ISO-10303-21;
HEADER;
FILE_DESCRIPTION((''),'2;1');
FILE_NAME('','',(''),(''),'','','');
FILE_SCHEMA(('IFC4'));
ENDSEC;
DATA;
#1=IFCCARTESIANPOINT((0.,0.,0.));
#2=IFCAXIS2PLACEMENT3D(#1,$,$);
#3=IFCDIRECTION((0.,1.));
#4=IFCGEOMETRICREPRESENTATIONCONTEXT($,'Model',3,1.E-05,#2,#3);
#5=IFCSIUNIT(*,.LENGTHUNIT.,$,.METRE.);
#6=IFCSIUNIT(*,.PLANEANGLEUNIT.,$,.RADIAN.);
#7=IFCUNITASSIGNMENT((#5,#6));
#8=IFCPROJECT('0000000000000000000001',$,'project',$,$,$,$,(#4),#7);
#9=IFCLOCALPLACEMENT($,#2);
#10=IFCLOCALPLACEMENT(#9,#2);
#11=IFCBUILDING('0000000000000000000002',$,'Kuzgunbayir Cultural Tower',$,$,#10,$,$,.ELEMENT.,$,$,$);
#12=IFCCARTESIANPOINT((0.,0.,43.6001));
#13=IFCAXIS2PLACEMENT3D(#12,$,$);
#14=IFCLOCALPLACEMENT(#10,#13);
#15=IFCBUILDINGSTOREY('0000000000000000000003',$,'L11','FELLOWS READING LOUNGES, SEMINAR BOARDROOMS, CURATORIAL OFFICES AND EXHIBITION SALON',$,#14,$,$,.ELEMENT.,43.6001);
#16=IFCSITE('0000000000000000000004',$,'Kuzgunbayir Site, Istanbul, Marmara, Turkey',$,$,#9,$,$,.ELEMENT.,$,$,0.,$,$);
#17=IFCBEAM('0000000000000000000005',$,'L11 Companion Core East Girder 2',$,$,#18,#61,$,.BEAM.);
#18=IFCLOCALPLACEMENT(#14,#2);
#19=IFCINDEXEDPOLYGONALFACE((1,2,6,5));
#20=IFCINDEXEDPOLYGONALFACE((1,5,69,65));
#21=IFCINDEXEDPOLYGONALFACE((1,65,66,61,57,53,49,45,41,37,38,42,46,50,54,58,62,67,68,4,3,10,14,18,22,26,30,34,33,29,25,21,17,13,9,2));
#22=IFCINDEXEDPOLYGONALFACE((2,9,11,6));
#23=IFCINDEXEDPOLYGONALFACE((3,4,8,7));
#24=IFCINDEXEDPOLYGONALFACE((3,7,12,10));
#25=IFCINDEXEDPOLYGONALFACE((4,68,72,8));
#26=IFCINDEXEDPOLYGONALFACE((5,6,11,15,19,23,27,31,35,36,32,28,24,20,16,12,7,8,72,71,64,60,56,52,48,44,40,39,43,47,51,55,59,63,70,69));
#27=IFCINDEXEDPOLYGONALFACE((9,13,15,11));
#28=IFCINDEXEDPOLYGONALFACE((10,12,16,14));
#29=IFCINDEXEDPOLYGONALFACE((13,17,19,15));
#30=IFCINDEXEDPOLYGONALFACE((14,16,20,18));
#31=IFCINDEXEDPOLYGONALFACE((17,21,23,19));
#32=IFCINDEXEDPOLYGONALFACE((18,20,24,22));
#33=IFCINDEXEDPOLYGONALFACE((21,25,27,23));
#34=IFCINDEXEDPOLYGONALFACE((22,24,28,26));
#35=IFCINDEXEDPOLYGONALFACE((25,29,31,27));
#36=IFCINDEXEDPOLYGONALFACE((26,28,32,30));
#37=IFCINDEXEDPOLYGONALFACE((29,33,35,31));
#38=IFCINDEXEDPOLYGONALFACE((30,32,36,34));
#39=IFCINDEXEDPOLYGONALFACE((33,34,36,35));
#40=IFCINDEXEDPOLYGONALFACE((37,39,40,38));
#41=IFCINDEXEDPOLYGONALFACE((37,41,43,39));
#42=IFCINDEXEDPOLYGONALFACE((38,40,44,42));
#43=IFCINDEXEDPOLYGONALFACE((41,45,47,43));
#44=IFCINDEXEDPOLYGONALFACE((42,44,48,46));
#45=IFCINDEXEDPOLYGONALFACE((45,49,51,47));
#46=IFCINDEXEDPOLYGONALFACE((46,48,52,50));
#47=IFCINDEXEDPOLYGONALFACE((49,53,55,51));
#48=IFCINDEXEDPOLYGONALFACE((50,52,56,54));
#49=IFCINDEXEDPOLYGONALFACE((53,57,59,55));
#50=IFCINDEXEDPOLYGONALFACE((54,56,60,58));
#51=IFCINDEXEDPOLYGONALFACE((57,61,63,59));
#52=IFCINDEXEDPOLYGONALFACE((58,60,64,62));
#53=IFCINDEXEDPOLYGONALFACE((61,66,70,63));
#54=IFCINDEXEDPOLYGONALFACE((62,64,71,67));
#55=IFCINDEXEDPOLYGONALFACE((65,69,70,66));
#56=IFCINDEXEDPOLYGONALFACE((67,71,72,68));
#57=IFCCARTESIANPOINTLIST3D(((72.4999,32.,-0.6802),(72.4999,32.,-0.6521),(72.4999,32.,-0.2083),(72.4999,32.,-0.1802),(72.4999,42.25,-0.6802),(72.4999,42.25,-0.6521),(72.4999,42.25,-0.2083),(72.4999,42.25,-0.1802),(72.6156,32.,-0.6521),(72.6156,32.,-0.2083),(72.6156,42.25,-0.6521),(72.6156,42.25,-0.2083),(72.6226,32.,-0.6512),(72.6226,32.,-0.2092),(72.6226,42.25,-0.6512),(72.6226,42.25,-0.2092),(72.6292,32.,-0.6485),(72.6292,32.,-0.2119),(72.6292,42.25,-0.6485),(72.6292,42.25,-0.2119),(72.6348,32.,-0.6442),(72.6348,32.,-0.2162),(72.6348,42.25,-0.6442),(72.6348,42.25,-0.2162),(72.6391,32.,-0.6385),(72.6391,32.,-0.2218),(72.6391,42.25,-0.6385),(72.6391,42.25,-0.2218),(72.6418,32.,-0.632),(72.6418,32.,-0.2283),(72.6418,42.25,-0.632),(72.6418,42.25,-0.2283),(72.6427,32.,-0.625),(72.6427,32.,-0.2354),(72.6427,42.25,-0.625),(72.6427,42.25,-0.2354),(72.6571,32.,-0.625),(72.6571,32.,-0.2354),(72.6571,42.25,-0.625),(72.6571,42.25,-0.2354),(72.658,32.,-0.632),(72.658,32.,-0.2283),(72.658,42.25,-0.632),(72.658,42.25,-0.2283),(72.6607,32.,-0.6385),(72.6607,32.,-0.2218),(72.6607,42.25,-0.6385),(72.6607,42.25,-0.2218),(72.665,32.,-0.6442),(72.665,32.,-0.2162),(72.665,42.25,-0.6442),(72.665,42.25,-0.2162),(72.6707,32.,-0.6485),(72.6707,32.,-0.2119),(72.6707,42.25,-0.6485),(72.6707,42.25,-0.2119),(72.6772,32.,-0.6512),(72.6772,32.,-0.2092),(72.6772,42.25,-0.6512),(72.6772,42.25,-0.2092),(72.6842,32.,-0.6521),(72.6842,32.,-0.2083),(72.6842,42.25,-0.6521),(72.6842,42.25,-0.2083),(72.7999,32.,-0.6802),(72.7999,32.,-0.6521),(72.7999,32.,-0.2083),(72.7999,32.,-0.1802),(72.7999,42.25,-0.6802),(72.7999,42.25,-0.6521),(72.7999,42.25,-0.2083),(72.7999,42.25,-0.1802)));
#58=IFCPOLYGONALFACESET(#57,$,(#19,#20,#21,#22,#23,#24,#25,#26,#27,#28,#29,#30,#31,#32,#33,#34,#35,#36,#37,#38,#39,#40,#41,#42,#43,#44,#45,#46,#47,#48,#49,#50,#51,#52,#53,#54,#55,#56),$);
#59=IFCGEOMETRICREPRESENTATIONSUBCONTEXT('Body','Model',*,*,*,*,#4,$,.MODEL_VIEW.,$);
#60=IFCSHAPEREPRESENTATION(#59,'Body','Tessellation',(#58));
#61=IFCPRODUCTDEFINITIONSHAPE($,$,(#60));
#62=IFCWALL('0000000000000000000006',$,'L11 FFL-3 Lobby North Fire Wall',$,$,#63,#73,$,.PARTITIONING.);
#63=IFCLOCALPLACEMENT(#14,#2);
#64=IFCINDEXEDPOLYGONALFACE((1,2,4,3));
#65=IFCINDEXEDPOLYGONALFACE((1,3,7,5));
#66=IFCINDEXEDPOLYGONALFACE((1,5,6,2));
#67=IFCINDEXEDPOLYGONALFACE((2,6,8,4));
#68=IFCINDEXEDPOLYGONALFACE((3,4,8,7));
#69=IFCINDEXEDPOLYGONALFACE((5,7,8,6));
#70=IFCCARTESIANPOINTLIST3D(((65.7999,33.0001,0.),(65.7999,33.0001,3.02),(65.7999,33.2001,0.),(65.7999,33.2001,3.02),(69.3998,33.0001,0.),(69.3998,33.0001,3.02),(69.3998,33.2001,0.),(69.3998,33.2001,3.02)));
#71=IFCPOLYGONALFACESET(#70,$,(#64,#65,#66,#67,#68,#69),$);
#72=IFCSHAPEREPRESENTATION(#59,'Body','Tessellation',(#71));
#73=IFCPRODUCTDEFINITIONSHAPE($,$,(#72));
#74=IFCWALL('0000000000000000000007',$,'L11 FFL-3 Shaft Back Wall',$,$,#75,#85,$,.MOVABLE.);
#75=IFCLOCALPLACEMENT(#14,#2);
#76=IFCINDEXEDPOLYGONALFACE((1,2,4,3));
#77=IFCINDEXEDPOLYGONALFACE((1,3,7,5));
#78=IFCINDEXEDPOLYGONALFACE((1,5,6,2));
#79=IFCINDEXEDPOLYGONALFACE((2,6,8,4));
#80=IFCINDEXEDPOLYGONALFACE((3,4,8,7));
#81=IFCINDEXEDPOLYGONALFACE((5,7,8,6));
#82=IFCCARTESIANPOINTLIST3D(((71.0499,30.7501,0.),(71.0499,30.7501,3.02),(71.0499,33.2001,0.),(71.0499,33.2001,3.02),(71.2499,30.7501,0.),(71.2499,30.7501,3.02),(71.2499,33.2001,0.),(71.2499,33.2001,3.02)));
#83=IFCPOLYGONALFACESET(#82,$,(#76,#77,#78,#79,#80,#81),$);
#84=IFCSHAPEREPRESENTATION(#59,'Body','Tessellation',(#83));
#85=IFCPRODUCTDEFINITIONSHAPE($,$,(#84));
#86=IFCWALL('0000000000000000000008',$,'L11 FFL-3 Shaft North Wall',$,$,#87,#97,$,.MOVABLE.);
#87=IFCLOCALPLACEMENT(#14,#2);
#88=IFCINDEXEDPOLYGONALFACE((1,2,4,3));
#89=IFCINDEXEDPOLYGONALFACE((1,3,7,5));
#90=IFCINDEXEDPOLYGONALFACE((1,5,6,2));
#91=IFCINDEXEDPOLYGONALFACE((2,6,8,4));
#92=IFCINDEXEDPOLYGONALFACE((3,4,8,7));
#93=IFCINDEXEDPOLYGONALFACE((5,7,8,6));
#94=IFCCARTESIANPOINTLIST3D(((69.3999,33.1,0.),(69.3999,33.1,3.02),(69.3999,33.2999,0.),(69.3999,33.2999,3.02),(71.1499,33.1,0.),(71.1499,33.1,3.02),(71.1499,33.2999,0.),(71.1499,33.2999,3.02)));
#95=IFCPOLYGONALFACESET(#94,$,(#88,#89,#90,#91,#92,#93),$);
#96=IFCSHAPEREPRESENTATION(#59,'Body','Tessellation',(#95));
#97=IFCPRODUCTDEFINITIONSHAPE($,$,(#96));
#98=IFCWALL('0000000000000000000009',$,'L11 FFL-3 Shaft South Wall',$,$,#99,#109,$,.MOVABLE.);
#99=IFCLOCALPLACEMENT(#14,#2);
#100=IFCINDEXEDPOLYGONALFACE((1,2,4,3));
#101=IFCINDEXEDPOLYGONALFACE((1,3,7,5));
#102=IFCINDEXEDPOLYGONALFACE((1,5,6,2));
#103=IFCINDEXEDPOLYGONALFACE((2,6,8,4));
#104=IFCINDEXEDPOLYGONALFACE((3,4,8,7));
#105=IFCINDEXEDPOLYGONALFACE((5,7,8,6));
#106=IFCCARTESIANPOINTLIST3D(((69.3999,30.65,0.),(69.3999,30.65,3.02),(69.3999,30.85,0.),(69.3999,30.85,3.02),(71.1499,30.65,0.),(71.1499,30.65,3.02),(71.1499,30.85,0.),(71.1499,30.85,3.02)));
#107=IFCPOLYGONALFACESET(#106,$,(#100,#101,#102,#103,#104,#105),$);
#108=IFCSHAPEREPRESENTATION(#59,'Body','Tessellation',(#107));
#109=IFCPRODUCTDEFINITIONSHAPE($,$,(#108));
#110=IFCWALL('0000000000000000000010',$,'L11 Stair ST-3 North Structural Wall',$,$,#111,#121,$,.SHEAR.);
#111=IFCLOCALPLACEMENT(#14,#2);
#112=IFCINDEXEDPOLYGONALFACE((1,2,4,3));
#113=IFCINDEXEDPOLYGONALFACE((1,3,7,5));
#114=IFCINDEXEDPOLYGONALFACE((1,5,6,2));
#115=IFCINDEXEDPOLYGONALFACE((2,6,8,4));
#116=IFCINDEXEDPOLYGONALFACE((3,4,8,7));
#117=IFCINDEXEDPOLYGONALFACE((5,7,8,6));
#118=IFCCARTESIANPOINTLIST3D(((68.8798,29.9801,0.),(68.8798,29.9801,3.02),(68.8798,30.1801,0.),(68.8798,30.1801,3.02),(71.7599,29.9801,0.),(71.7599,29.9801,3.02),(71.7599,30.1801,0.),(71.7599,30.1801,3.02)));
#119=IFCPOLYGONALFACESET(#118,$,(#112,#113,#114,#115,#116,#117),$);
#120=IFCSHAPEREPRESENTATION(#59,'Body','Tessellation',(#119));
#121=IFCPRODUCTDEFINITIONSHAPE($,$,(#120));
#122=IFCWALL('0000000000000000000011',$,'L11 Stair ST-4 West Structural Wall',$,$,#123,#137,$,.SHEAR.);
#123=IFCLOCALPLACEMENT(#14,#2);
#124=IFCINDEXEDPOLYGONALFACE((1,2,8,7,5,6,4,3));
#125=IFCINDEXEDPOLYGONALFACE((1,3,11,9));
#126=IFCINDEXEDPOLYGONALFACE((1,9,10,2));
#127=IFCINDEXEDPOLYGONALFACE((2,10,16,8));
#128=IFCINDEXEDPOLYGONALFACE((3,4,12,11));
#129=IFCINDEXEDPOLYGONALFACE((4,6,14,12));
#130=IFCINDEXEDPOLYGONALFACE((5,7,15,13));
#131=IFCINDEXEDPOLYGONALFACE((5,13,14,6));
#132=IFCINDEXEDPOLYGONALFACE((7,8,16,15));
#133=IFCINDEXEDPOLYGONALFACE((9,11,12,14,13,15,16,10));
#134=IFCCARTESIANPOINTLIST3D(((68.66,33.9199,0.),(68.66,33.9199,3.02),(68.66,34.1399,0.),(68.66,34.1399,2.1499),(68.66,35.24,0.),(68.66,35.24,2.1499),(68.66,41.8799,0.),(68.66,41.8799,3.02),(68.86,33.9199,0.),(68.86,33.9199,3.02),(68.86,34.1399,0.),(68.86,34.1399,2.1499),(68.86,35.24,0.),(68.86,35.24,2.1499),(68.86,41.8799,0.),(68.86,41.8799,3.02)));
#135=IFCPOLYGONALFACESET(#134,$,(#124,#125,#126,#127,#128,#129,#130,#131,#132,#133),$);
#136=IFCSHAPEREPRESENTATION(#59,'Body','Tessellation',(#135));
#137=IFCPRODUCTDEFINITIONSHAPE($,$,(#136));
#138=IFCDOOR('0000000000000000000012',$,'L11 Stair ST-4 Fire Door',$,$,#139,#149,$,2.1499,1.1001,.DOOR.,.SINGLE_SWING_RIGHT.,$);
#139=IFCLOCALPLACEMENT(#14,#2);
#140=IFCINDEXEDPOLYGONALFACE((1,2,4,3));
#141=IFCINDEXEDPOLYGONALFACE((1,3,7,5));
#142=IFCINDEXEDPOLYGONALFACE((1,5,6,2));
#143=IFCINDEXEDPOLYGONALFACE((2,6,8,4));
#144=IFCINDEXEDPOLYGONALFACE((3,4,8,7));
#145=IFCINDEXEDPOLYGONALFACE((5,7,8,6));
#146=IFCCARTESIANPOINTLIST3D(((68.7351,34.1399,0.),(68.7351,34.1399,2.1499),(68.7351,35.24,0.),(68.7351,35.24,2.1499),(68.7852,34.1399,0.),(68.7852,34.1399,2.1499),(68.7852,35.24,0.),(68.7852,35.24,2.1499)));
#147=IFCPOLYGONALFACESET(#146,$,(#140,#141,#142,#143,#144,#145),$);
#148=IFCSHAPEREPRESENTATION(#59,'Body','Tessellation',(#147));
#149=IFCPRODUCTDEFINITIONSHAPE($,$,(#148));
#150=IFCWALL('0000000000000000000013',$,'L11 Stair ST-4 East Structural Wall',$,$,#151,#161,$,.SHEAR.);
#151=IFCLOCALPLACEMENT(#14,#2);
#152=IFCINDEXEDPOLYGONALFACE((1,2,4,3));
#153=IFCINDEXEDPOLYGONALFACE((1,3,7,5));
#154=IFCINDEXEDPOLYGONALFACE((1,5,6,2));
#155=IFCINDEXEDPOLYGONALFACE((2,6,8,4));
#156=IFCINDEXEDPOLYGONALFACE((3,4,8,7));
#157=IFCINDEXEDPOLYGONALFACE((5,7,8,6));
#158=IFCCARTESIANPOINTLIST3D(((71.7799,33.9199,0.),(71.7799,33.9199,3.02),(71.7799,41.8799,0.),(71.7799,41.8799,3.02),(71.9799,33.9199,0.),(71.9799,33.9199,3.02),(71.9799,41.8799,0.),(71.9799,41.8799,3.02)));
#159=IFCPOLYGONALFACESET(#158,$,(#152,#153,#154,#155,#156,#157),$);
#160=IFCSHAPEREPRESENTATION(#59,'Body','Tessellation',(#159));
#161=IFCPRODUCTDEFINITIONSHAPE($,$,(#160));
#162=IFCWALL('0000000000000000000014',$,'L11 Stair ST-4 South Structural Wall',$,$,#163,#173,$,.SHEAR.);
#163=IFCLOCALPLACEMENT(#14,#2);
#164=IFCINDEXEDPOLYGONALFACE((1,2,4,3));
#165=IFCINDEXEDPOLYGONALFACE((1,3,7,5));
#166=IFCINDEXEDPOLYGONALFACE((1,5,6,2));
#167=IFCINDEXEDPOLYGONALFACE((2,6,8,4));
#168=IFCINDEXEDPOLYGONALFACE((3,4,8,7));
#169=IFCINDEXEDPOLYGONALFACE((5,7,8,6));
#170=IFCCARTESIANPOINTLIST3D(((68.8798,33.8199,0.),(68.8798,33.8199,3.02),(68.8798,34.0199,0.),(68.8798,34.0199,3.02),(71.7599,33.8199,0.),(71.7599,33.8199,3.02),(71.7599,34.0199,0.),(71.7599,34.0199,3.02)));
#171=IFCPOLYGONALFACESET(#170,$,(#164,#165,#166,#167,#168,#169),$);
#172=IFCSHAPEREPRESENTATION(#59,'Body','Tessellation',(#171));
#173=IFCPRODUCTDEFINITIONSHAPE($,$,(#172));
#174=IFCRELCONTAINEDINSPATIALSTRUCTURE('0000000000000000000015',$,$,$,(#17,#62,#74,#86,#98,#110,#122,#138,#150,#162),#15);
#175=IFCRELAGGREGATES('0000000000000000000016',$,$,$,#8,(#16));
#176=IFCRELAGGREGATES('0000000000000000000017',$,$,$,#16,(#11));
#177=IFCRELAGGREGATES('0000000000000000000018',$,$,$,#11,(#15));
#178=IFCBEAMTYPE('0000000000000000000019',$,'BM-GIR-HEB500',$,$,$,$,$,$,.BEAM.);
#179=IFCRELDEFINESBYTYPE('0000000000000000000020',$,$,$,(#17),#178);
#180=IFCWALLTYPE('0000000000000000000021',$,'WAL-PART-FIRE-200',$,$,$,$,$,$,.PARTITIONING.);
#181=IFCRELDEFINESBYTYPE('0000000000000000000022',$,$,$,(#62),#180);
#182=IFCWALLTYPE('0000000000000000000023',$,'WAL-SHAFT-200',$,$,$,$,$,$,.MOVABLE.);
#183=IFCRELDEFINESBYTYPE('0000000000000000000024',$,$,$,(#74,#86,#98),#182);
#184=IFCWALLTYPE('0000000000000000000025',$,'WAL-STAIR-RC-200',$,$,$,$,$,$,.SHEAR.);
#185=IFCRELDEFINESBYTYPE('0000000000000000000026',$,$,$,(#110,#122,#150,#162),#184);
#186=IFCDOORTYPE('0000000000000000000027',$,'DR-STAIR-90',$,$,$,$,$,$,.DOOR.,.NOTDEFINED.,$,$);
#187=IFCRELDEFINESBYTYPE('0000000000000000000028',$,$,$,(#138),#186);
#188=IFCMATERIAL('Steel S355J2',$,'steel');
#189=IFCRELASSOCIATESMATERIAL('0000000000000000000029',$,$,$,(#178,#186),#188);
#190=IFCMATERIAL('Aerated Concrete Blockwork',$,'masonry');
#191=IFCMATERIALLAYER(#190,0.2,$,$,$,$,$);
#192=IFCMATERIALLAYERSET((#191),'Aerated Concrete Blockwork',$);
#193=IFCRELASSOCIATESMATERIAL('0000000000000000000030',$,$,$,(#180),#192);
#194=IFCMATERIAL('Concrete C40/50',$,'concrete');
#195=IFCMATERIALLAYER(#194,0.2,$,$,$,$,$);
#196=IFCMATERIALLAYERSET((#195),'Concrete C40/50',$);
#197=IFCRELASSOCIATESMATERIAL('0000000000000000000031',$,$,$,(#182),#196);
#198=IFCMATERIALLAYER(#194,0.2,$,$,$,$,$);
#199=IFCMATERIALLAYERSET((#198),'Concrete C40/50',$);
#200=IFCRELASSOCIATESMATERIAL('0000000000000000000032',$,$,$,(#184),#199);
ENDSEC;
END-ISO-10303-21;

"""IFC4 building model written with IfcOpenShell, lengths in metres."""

from ifc_helpers import new_model, si_unit, direction, frame, frame_2d, origin, origin_2d, place, context, subcontext, project, spatial, rectangle, i_section, extrude, material, layer, layer_set, material_profile, profile_set, type_object, element, fill, save


model = new_model("IFC4")

# Units and contexts
model_context = context("Model", 3, precision=1e-05, world=origin(), true_north=direction((0.0, 1.0)))
body_context = subcontext(model_context, "Body", "Model", "MODEL_VIEW")
ifc_project = project(units=[si_unit("LENGTHUNIT", "METRE"), si_unit("PLANEANGLEUNIT", "RADIAN")], contexts=[model_context])

# Site, building, storey
site_placement = place(None, origin())
site = spatial("IfcSite", under=ifc_project, at=site_placement, Name="Kuzgunbayir Site, Istanbul, Marmara, Turkey", CompositionType="ELEMENT", RefElevation=0.0)
building_placement = place(site_placement, origin())
building = spatial("IfcBuilding", under=site, at=building_placement, Name="Kuzgunbayir Cultural Tower", CompositionType="ELEMENT")
storey_placement = place(building_placement, frame((0.0, 0.0, 43.6001)))
storey = spatial("IfcBuildingStorey", under=building, at=storey_placement, Name="L11", Description="FELLOWS READING LOUNGES, SEMINAR BOARDROOMS, CURATORIAL OFFICES AND EXHIBITION SALON", CompositionType="ELEMENT", Elevation=43.6001)

# Beam
ifc_material_1 = material(Name="Steel S355J2", Category="steel")
ifc_material_profile_1 = material_profile(ifc_material_1, i_section(OverallWidth=0.3, OverallDepth=0.5, WebThickness=0.0144, FlangeThickness=0.0281, FilletRadius=0.0271, at=origin_2d()), Name="HEB 500")
ifc_profile_set_1 = profile_set([ifc_material_profile_1], Name="Steel S355J2")
beam_type_1 = type_object("IfcBeamType", Name="BM-GIR-HEB500", PredefinedType="BEAM", material=ifc_profile_set_1)
for number, where, z_axis, x_axis, name in (
    (1, (72.6499, 32.0, -0.4302), (0.0, 1.0, 0.0), (-1.0, 0.0, 0.0), "L11 Companion Core East Girder 2"),
):
    element("IfcBeam", number, at=place(storey_placement, frame(where, z_axis=z_axis, x_axis=x_axis)), inside=storey, type_object=beam_type_1, Name=name, PredefinedType="BEAM", context=body_context, shape_type="SweptSolid", body=[
        extrude(i_section(OverallWidth=0.3, OverallDepth=0.5, WebThickness=0.0144, FlangeThickness=0.0281, FilletRadius=0.0271, at=origin_2d()), origin(), (0.0, 0.0, 1.0), 10.25),
    ])

# Wall
ifc_material_2 = material(Name="Aerated Concrete Blockwork", Category="masonry")
ifc_layer_1 = layer(ifc_material_2, 0.2)
ifc_layer_set_1 = layer_set([ifc_layer_1], Name="Aerated Concrete Blockwork")
wall_type_1 = type_object("IfcWallType", Name="WAL-PART-FIRE-200", PredefinedType="PARTITIONING", material=ifc_layer_set_1)
wall_1_placement = place(storey_placement, frame((65.8, 33.1001, 0.0), z_axis=(0.0, 0.0, 1.0), x_axis=(1.0, 0.0, 0.0)))
element("IfcWall", 2, at=wall_1_placement, inside=storey, type_object=wall_type_1, Name="L11 FFL-3 Lobby North Fire Wall", PredefinedType="PARTITIONING", context=body_context, shape_type="SweptSolid", body=[
    extrude(rectangle(XDim=3.5999, YDim=0.2, at=frame_2d((1.7998, 0.0))), origin(), (0.0, 0.0, 1.0), 3.02),
])

# Shared definitions
ifc_material_3 = material(Name="Concrete C40/50", Category="concrete")
ifc_layer_2 = layer(ifc_material_3, 0.2)
ifc_layer_set_2 = layer_set([ifc_layer_2], Name="Concrete C40/50")
wall_type_2 = type_object("IfcWallType", Name="WAL-SHAFT-200", PredefinedType="MOVABLE", material=ifc_layer_set_2)

# Walls
wall_2_placement = place(storey_placement, frame((71.1499, 30.75, 0.0), z_axis=(0.0, 0.0, 1.0), x_axis=(0.0, 1.0, 0.0)))
element("IfcWall", 3, at=wall_2_placement, inside=storey, type_object=wall_type_2, Name="L11 FFL-3 Shaft Back Wall", PredefinedType="MOVABLE", context=body_context, shape_type="SweptSolid", body=[
    extrude(rectangle(XDim=2.45, YDim=0.2, at=frame_2d((1.2251, 0.0))), origin(), (0.0, 0.0, 1.0), 3.02),
])
for number, where, z_axis, x_axis, name in (
    (4, (69.3999, 33.2, 0.0), (0.0, 0.0, 1.0), (1.0, 0.0, 0.0), "L11 FFL-3 Shaft North Wall"),
    (5, (69.3999, 30.75, 0.0), (0.0, 0.0, 1.0), (1.0, 0.0, 0.0), "L11 FFL-3 Shaft South Wall"),
):
    element("IfcWall", number, at=place(storey_placement, frame(where, z_axis=z_axis, x_axis=x_axis)), inside=storey, type_object=wall_type_2, Name=name, PredefinedType="MOVABLE", context=body_context, shape_type="SweptSolid", body=[
        extrude(rectangle(XDim=1.75, YDim=0.2, at=frame_2d((0.875, 0.0))), origin(), (0.0, 0.0, 1.0), 3.02),
    ])
ifc_layer_3 = layer(ifc_material_3, 0.2)
ifc_layer_set_3 = layer_set([ifc_layer_3], Name="Concrete C40/50")
wall_type_3 = type_object("IfcWallType", Name="WAL-STAIR-RC-200", PredefinedType="SHEAR", material=ifc_layer_set_3)
wall_3_placement = place(storey_placement, frame((68.8799, 30.0801, 0.0), z_axis=(0.0, 0.0, 1.0), x_axis=(1.0, 0.0, 0.0)))
element("IfcWall", 6, at=wall_3_placement, inside=storey, type_object=wall_type_3, Name="L11 Stair ST-3 North Structural Wall", PredefinedType="SHEAR", context=body_context, shape_type="SweptSolid", body=[
    extrude(rectangle(XDim=2.8801, YDim=0.2, at=frame_2d((1.4399, 0.0))), origin(), (0.0, 0.0, 1.0), 3.02),
])

# Wall, opening, door
wall_4_placement = place(storey_placement, frame((68.76, 33.9199, 0.0), z_axis=(0.0, 0.0, 1.0), x_axis=(0.0, 1.0, 0.0)))
wall_4 = element("IfcWall", 7, at=wall_4_placement, inside=storey, type_object=wall_type_3, Name="L11 Stair ST-4 West Structural Wall", PredefinedType="SHEAR", context=body_context, shape_type="SweptSolid", body=[
    extrude(rectangle(XDim=7.96, YDim=0.2, at=frame_2d((3.98, 0.0))), origin(), (0.0, 0.0, 1.0), 3.02),
])
opening_1_placement = place(wall_4_placement, frame((0.22, 0.0, 0.0)))
opening_1 = element("IfcOpeningElement", 8, at=opening_1_placement, cuts=wall_4, PredefinedType="OPENING", context=body_context, shape_type="SweptSolid", body=[
    extrude(rectangle(XDim=1.1001, YDim=2.1499, at=frame_2d((0.55, 1.075))), frame((0.0, 0.1099, 0.0), z_axis=(0.0, -1.0, 0.0), x_axis=(1.0, 0.0, 0.0)), (0.0, 0.0, 1.0), 0.22),
])
door_type_1 = type_object("IfcDoorType", Name="DR-STAIR-90", OperationType="NOTDEFINED", PredefinedType="DOOR", material=ifc_material_1)
door_1_placement = place(opening_1_placement, origin())
door_1 = element("IfcDoor", 9, at=door_1_placement, inside=storey, type_object=door_type_1, Name="L11 Stair ST-4 Fire Door", OperationType="SINGLE_SWING_RIGHT", OverallHeight=2.1499, OverallWidth=1.1001, PredefinedType="DOOR", context=body_context, shape_type="SweptSolid", body=[
    extrude(rectangle(XDim=1.1001, YDim=2.1499, at=frame_2d((0.55, 1.075))), frame((0.0, 0.0249, 0.0), z_axis=(0.0, -1.0, 0.0), x_axis=(1.0, 0.0, 0.0)), (0.0, 0.0, 1.0), 0.05),
])
fill(opening_1, door_1)

# Walls
wall_5_placement = place(storey_placement, frame((71.8799, 33.9199, 0.0), z_axis=(0.0, 0.0, 1.0), x_axis=(0.0, 1.0, 0.0)))
element("IfcWall", 10, at=wall_5_placement, inside=storey, type_object=wall_type_3, Name="L11 Stair ST-4 East Structural Wall", PredefinedType="SHEAR", context=body_context, shape_type="SweptSolid", body=[
    extrude(rectangle(XDim=7.96, YDim=0.2, at=frame_2d((3.98, 0.0))), origin(), (0.0, 0.0, 1.0), 3.02),
])
wall_6_placement = place(storey_placement, frame((68.8799, 33.9199, 0.0), z_axis=(0.0, 0.0, 1.0), x_axis=(1.0, 0.0, 0.0)))
element("IfcWall", 11, at=wall_6_placement, inside=storey, type_object=wall_type_3, Name="L11 Stair ST-4 South Structural Wall", PredefinedType="SHEAR", context=body_context, shape_type="SweptSolid", body=[
    extrude(rectangle(XDim=2.8801, YDim=0.2, at=frame_2d((1.4399, 0.0))), origin(), (0.0, 0.0, 1.0), 3.02),
])

save(model, "model.ifc")
